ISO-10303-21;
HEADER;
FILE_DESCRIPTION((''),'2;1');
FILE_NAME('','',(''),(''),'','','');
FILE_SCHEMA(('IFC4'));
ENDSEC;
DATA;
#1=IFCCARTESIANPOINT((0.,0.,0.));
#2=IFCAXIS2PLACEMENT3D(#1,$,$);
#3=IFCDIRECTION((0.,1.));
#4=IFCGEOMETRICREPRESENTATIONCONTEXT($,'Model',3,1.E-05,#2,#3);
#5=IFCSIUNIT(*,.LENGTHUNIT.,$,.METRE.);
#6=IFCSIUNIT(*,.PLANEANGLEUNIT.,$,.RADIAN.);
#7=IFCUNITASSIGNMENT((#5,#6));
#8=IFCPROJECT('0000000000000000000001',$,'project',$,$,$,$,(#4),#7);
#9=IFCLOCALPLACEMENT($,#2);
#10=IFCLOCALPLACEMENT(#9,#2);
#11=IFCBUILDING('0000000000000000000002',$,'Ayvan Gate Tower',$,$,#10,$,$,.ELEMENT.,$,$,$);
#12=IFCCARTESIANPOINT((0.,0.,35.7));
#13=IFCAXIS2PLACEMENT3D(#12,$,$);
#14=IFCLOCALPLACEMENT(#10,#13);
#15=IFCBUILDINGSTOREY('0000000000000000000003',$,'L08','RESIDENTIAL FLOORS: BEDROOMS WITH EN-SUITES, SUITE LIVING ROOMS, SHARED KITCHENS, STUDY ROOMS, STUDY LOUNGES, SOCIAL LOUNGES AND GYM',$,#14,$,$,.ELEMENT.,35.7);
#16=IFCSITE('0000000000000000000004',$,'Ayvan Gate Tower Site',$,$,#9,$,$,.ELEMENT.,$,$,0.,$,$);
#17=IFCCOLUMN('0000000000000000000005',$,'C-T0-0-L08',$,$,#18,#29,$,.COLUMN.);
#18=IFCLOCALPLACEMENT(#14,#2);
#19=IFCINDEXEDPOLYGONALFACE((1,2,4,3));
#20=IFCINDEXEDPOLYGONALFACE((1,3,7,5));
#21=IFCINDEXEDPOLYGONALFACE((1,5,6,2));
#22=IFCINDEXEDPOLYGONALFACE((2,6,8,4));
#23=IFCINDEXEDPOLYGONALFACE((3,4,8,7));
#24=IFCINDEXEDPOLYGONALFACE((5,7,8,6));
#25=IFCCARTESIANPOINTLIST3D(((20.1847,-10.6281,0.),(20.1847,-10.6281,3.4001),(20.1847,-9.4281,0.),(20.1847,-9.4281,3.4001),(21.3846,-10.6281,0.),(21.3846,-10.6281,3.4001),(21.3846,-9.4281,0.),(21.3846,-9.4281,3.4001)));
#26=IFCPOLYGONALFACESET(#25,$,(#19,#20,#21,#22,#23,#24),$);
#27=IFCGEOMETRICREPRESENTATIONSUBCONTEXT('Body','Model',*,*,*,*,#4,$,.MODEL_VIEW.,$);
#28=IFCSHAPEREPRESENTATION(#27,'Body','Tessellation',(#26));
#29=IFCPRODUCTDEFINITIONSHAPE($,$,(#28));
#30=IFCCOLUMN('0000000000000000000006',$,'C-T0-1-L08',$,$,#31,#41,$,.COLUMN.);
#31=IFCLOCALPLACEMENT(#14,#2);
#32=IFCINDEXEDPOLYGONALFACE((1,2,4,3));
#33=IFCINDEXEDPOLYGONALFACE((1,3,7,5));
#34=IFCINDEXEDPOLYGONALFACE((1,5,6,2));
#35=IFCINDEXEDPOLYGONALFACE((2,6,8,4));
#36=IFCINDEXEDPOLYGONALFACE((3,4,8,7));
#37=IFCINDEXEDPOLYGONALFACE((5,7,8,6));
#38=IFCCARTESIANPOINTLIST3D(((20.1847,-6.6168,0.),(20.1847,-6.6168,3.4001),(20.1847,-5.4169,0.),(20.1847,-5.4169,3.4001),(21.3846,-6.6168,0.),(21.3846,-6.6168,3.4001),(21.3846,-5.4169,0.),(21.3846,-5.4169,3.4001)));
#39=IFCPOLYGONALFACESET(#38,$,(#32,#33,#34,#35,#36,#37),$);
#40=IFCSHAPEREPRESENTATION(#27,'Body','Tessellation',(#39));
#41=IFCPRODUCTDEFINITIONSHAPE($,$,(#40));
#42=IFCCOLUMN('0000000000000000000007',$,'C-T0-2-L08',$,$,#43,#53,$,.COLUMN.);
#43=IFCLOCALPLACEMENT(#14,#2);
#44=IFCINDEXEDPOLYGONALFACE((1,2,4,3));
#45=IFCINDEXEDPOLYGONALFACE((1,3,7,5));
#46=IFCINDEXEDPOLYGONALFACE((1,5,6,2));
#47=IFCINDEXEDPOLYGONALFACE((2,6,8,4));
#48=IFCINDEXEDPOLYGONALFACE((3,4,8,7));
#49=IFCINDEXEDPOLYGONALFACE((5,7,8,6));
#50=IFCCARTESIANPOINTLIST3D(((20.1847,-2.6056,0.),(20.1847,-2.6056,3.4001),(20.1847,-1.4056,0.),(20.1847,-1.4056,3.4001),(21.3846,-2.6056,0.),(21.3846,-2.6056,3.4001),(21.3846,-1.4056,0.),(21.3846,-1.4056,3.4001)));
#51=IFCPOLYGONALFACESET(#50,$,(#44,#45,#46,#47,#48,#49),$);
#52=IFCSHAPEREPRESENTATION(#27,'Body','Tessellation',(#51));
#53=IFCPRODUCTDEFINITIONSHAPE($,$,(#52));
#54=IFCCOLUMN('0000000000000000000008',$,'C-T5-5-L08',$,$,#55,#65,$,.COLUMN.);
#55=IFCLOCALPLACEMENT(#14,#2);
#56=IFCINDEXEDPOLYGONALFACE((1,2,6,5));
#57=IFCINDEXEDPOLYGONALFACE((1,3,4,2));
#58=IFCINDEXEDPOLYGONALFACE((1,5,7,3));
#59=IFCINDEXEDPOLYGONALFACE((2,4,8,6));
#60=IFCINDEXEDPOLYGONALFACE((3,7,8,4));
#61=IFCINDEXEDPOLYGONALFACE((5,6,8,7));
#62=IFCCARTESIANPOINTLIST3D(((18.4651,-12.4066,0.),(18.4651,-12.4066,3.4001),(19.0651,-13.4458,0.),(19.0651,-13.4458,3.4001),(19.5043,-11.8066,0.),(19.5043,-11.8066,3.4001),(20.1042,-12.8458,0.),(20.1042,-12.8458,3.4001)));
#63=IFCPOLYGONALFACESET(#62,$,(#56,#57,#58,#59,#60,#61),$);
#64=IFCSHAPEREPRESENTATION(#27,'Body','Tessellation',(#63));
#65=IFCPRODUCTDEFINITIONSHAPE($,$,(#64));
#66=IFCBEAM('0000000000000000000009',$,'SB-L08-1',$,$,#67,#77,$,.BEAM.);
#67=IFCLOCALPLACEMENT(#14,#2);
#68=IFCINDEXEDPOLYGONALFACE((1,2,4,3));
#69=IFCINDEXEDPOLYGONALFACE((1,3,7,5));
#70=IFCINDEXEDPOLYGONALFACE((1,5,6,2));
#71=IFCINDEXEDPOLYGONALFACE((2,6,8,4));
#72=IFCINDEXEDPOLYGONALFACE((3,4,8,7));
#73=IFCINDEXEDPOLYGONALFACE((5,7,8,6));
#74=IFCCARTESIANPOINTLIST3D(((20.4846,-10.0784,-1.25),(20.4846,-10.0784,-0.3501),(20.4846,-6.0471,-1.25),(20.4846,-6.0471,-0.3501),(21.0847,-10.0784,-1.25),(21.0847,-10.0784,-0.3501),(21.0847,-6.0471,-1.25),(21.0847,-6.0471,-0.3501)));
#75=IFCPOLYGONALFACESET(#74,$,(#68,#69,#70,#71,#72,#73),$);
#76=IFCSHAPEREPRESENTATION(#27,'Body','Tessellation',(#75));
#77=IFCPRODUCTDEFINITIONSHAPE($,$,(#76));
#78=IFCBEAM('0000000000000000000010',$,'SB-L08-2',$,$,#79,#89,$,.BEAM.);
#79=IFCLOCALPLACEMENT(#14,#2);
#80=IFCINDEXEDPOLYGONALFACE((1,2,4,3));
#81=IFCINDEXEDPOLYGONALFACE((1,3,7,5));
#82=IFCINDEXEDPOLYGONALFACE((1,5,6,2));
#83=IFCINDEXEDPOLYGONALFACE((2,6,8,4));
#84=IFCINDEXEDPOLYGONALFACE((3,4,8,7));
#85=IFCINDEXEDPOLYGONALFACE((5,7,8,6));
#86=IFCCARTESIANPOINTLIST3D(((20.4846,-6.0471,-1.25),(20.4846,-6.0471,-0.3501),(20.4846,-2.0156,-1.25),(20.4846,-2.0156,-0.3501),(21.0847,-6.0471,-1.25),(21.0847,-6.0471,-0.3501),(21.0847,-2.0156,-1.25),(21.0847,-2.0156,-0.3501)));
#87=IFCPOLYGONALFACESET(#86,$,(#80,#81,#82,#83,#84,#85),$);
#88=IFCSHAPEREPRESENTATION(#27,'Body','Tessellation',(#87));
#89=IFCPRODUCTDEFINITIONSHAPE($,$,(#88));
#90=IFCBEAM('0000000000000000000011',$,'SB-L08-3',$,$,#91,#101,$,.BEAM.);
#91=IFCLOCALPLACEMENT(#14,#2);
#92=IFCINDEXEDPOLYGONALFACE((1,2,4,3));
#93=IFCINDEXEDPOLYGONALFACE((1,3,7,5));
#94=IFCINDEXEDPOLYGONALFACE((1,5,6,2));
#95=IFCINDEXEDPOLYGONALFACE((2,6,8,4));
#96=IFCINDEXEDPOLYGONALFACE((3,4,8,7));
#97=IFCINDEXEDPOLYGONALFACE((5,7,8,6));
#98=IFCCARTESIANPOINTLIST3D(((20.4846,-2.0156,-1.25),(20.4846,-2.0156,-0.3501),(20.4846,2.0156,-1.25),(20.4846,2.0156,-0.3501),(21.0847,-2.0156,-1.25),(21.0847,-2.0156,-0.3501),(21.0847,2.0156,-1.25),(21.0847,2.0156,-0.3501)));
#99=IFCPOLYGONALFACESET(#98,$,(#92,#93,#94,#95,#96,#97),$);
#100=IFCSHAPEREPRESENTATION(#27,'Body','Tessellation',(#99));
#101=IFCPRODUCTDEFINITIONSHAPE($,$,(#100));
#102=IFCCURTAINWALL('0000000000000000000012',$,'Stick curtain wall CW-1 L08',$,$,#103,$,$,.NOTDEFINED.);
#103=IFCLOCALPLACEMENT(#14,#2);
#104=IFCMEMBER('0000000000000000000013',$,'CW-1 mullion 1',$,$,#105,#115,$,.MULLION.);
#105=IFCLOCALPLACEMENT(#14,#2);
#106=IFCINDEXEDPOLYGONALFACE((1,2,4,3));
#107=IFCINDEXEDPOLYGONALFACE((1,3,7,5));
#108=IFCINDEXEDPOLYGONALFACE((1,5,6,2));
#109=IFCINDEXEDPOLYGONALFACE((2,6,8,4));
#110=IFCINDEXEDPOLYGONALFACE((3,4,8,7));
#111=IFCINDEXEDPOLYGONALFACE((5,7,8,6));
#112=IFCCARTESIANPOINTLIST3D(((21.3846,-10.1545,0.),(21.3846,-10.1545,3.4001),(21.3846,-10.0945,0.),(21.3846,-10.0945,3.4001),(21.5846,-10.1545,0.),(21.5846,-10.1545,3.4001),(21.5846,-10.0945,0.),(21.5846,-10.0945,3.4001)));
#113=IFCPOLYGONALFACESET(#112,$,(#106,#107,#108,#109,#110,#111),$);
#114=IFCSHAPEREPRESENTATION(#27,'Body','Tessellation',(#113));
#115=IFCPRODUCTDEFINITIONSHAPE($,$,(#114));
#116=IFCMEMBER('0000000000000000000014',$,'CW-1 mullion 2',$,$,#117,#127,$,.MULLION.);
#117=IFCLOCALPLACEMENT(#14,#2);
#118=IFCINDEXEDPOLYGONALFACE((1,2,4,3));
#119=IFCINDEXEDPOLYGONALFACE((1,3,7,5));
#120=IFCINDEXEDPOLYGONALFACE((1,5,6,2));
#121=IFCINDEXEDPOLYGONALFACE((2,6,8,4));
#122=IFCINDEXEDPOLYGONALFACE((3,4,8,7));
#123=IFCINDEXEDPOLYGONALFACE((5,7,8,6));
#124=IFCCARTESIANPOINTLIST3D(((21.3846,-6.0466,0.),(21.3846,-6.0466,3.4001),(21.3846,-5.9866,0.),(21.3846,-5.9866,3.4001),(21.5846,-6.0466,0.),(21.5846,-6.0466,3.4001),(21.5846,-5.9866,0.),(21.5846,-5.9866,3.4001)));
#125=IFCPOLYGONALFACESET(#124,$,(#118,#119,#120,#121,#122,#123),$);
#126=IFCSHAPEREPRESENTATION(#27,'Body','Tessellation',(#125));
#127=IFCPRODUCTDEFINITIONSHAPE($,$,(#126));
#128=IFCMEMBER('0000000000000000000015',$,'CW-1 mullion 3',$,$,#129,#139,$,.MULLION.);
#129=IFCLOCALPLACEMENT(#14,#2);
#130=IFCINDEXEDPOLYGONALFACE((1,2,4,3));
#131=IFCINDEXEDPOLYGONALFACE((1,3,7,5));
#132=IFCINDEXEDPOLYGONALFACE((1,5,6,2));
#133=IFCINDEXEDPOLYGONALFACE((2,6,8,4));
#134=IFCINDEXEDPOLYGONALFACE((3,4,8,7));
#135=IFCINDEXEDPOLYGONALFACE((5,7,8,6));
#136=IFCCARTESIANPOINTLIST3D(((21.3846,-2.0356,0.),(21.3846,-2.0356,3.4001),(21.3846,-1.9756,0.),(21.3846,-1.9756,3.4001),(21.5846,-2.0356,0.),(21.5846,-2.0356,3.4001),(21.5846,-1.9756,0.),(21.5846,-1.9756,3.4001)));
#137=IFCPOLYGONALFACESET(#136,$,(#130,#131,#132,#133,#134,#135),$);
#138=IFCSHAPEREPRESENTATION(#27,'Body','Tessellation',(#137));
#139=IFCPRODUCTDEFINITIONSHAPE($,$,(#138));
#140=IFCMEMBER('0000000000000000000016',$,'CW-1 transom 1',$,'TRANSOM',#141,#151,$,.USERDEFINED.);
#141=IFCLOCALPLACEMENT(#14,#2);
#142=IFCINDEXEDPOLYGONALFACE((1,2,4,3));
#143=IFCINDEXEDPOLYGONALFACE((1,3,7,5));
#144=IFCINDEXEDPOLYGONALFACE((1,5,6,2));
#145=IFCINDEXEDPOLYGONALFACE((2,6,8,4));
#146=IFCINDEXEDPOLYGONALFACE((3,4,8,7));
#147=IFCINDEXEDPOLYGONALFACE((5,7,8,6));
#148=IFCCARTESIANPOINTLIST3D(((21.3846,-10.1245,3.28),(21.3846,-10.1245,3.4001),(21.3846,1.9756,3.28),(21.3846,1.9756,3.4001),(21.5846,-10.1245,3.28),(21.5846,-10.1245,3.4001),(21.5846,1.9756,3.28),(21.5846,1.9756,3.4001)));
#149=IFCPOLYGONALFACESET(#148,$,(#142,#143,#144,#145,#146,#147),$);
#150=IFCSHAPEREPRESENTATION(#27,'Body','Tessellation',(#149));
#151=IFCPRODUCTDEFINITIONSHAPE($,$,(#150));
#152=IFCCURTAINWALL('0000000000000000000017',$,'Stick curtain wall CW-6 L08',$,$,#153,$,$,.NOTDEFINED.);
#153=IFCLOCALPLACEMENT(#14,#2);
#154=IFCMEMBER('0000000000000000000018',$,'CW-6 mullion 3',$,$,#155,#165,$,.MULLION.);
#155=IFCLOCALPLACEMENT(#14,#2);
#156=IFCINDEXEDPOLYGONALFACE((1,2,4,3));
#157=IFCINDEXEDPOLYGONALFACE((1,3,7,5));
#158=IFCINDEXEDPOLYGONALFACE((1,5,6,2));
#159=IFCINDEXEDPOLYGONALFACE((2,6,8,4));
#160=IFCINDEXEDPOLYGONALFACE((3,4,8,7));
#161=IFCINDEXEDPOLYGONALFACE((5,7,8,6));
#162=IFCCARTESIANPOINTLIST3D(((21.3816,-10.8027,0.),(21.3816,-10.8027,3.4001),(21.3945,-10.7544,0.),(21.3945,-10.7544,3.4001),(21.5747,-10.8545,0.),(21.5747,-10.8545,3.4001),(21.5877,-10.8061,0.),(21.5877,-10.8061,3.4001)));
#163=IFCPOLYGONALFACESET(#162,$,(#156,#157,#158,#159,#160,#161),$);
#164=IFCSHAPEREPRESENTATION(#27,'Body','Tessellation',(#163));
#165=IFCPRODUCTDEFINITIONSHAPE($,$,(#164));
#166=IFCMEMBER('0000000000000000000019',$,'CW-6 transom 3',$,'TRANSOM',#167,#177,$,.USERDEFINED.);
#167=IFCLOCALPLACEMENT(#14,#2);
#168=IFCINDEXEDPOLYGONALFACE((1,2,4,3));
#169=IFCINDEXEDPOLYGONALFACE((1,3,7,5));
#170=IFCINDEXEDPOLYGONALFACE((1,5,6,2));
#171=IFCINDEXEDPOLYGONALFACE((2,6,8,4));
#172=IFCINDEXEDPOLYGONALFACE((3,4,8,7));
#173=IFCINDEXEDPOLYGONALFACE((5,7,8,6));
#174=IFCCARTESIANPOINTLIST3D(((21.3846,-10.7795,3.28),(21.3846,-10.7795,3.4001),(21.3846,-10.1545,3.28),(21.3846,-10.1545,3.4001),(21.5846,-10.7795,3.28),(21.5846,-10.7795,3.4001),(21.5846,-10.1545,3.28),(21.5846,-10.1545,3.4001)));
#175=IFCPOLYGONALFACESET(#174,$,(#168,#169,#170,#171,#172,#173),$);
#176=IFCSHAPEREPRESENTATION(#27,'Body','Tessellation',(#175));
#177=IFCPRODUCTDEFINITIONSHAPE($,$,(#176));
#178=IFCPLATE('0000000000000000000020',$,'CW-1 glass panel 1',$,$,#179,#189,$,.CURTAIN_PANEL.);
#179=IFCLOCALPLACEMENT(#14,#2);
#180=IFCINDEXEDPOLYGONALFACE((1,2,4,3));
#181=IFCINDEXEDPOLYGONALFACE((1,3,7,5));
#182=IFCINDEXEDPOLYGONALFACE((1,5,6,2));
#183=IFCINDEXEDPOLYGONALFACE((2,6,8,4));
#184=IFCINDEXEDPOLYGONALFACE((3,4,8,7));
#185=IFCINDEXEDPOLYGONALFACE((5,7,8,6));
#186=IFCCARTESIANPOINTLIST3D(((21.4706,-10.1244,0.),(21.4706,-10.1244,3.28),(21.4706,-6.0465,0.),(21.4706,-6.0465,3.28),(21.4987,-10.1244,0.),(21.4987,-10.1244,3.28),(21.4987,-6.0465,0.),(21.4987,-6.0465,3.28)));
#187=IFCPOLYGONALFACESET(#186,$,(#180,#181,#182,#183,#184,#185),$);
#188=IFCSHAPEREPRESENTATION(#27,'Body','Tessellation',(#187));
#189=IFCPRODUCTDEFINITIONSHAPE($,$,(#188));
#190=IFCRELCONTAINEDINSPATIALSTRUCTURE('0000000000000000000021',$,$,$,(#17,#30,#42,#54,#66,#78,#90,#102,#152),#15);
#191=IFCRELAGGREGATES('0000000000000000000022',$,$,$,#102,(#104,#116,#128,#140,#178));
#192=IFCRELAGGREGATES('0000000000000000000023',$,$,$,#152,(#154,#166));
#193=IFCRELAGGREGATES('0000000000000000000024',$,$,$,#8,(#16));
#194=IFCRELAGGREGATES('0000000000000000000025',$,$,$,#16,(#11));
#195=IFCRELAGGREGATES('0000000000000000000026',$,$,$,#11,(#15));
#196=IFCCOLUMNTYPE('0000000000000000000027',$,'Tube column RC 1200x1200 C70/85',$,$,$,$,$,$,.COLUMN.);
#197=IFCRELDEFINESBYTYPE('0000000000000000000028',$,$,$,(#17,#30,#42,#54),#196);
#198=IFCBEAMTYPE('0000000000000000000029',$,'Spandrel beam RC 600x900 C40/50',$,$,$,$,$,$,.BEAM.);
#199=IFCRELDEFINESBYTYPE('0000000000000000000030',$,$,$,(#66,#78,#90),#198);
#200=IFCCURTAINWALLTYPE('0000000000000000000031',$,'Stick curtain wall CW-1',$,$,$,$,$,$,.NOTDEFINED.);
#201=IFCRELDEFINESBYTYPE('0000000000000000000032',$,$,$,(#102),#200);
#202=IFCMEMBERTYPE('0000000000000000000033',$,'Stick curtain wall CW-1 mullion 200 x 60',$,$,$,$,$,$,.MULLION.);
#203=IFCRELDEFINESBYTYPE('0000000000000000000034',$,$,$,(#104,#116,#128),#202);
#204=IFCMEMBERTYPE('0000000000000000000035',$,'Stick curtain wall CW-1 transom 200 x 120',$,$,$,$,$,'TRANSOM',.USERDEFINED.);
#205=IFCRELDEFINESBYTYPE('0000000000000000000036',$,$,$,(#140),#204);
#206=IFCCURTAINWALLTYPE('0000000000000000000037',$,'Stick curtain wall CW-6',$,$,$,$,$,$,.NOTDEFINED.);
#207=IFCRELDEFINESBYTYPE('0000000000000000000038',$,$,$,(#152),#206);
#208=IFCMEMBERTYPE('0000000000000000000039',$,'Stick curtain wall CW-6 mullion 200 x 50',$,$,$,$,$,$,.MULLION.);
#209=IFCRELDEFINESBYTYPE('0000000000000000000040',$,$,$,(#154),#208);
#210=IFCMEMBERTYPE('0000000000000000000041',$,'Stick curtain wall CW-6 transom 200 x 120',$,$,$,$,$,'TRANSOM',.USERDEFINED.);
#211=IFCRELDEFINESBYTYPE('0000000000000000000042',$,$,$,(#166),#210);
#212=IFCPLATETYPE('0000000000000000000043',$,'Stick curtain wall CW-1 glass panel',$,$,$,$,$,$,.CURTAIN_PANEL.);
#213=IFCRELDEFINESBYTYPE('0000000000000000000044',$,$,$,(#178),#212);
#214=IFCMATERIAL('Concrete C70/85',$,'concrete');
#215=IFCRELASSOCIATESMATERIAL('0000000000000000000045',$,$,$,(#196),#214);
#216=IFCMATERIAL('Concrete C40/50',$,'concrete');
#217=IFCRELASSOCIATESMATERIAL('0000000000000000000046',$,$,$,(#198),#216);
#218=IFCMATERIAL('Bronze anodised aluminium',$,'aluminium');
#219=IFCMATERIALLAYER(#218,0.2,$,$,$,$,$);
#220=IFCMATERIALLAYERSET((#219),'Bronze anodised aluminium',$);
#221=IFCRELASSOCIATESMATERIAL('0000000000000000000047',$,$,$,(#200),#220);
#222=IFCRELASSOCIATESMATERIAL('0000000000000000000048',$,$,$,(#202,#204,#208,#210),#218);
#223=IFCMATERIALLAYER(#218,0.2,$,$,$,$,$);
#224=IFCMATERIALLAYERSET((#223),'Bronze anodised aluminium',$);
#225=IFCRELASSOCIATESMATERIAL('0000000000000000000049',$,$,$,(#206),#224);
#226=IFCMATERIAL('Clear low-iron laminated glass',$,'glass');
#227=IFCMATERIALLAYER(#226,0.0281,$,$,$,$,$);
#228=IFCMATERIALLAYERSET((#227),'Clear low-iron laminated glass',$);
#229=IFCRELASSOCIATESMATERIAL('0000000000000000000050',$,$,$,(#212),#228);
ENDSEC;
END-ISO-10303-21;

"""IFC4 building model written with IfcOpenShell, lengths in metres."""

from ifc_helpers import new_model, si_unit, direction, frame, origin, origin_2d, place, context, subcontext, project, spatial, rectangle, extrude, material, layer, layer_set, material_profile, profile_set, type_object, element, aggregate, save


model = new_model("IFC4")

# Units and contexts
model_context = context("Model", 3, precision=1e-05, world=origin(), true_north=direction((0.0, 1.0)))
body_context = subcontext(model_context, "Body", "Model", "MODEL_VIEW")
ifc_project = project(units=[si_unit("LENGTHUNIT", "METRE"), si_unit("PLANEANGLEUNIT", "RADIAN")], contexts=[model_context])

# Site, building, storey
site_placement = place(None, origin())
site = spatial("IfcSite", under=ifc_project, at=site_placement, Name="Ayvan Gate Tower Site", CompositionType="ELEMENT", RefElevation=0.0)
building_placement = place(site_placement, origin())
building = spatial("IfcBuilding", under=site, at=building_placement, Name="Ayvan Gate Tower", CompositionType="ELEMENT")
storey_placement = place(building_placement, frame((0.0, 0.0, 35.7)))
storey = spatial("IfcBuildingStorey", under=building, at=storey_placement, Name="L08", Description="RESIDENTIAL FLOORS: BEDROOMS WITH EN-SUITES, SUITE LIVING ROOMS, SHARED KITCHENS, STUDY ROOMS, STUDY LOUNGES, SOCIAL LOUNGES AND GYM", CompositionType="ELEMENT", Elevation=35.7)

# Columns
ifc_material_1 = material(Name="Concrete C70/85", Category="concrete")
ifc_material_profile_1 = material_profile(ifc_material_1, rectangle(XDim=1.2, YDim=1.2, at=origin_2d()), Name="RC 1200x1200")
ifc_profile_set_1 = profile_set([ifc_material_profile_1], Name="Concrete C70/85")
column_type = type_object("IfcColumnType", Name="Tube column RC 1200x1200 C70/85", PredefinedType="COLUMN", material=ifc_profile_set_1)
for number, where, z_axis, x_axis, name in (
    (1, (20.7847, -10.0281, 0.0), (0.0, 0.0, 1.0), (1.0, 0.0, 0.0), "C-T0-0-L08"),
    (2, (20.7847, -6.0168, 0.0), (0.0, 0.0, 1.0), (1.0, 0.0, 0.0), "C-T0-1-L08"),
    (3, (20.7847, -2.0056, 0.0), (0.0, 0.0, 1.0), (1.0, 0.0, 0.0), "C-T0-2-L08"),
    (4, (19.2847, -12.6262, 0.0), (0.0, 0.0, 1.0), (0.5, -0.866025, 0.0), "C-T5-5-L08"),
):
    element("IfcColumn", number, at=place(storey_placement, frame(where, z_axis=z_axis, x_axis=x_axis)), inside=storey, type_object=column_type, Name=name, PredefinedType="COLUMN", context=body_context, shape_type="SweptSolid", body=[
        extrude(rectangle(XDim=1.2, YDim=1.2, at=origin_2d()), origin(), (0.0, 0.0, 1.0), 3.4001),
    ])

# Beams
ifc_material_2 = material(Name="Concrete C40/50", Category="concrete")
ifc_material_profile_2 = material_profile(ifc_material_2, rectangle(XDim=0.6001, YDim=0.8999, at=origin_2d()), Name="RC 600x900")
ifc_profile_set_2 = profile_set([ifc_material_profile_2], Name="Concrete C40/50")
beam_type = type_object("IfcBeamType", Name="Spandrel beam RC 600x900 C40/50", PredefinedType="BEAM", material=ifc_profile_set_2)
beam_1_placement = place(storey_placement, frame((20.7847, -10.0784, -0.8), z_axis=(0.0, 1.0, 0.0), x_axis=(-1.0, 0.0, 0.0)))
element("IfcBeam", 5, at=beam_1_placement, inside=storey, type_object=beam_type, Name="SB-L08-1", PredefinedType="BEAM", context=body_context, shape_type="SweptSolid", body=[
    extrude(rectangle(XDim=0.6001, YDim=0.8999, at=origin_2d()), origin(), (0.0, 0.0, 1.0), 4.0312),
])
beam_2_placement = place(storey_placement, frame((20.7847, -6.0471, -0.8), z_axis=(0.0, 1.0, 0.0), x_axis=(-1.0, 0.0, 0.0)))
element("IfcBeam", 6, at=beam_2_placement, inside=storey, type_object=beam_type, Name="SB-L08-2", PredefinedType="BEAM", context=body_context, shape_type="SweptSolid", body=[
    extrude(rectangle(XDim=0.6001, YDim=0.8999, at=origin_2d()), origin(), (0.0, 0.0, 1.0), 4.0315),
])
beam_3_placement = place(storey_placement, frame((20.7847, -2.0156, -0.8), z_axis=(0.0, 1.0, 0.0), x_axis=(-1.0, 0.0, 0.0)))
element("IfcBeam", 7, at=beam_3_placement, inside=storey, type_object=beam_type, Name="SB-L08-3", PredefinedType="BEAM", context=body_context, shape_type="SweptSolid", body=[
    extrude(rectangle(XDim=0.6001, YDim=0.8999, at=origin_2d()), origin(), (0.0, 0.0, 1.0), 4.0312),
])

# Curtain walls, members
ifc_material_3 = material(Name="Bronze anodised aluminium", Category="aluminium")
ifc_layer_1 = layer(ifc_material_3, 0.2)
ifc_layer_set_1 = layer_set([ifc_layer_1], Name="Bronze anodised aluminium")
curtain_wall_type_1 = type_object("IfcCurtainWallType", Name="Stick curtain wall CW-1", PredefinedType="NOTDEFINED", material=ifc_layer_set_1)
curtain_wall_1_placement = place(storey_placement, origin())
curtain_wall_1 = element("IfcCurtainWall", 8, at=curtain_wall_1_placement, inside=storey, type_object=curtain_wall_type_1, Name="Stick curtain wall CW-1 L08", PredefinedType="NOTDEFINED")
ifc_material_profile_3 = material_profile(ifc_material_3, rectangle(XDim=0.2, YDim=0.0601, at=origin_2d()), Name="Stick curtain wall CW-1 mullion 200 x 60")
ifc_profile_set_3 = profile_set([ifc_material_profile_3], Name="Bronze anodised aluminium")
member_type_1 = type_object("IfcMemberType", Name="Stick curtain wall CW-1 mullion 200 x 60", PredefinedType="MULLION", material=ifc_profile_set_3)
member_1_placement = place(storey_placement, frame((21.4846, -10.1245, 0.0), z_axis=(0.0, 0.0, 1.0), x_axis=(1.0, 0.0, 0.0)))
member_1 = element("IfcMember", 9, at=member_1_placement, type_object=member_type_1, Name="CW-1 mullion 1", PredefinedType="MULLION", context=body_context, shape_type="SweptSolid", body=[
    extrude(rectangle(XDim=0.2, YDim=0.0601, at=origin_2d()), origin(), (0.0, 0.0, 1.0), 3.4001),
])
member_2_placement = place(storey_placement, frame((21.4846, -6.0166, 0.0), z_axis=(0.0, 0.0, 1.0), x_axis=(1.0, 0.0, 0.0)))
member_2 = element("IfcMember", 10, at=member_2_placement, type_object=member_type_1, Name="CW-1 mullion 2", PredefinedType="MULLION", context=body_context, shape_type="SweptSolid", body=[
    extrude(rectangle(XDim=0.2, YDim=0.0601, at=origin_2d()), origin(), (0.0, 0.0, 1.0), 3.4001),
])
member_3_placement = place(storey_placement, frame((21.4846, -2.0056, 0.0), z_axis=(0.0, 0.0, 1.0), x_axis=(1.0, 0.0, 0.0)))
member_3 = element("IfcMember", 11, at=member_3_placement, type_object=member_type_1, Name="CW-1 mullion 3", PredefinedType="MULLION", context=body_context, shape_type="SweptSolid", body=[
    extrude(rectangle(XDim=0.2, YDim=0.0601, at=origin_2d()), origin(), (0.0, 0.0, 1.0), 3.4001),
])
ifc_material_profile_4 = material_profile(ifc_material_3, rectangle(XDim=0.2, YDim=0.1201, at=origin_2d()), Name="Stick curtain wall CW-1 transom 200 x 120")
ifc_profile_set_4 = profile_set([ifc_material_profile_4], Name="Bronze anodised aluminium")
member_type_2 = type_object("IfcMemberType", Name="Stick curtain wall CW-1 transom 200 x 120", ElementType="TRANSOM", PredefinedType="USERDEFINED", material=ifc_profile_set_4)
member_4_placement = place(storey_placement, frame((21.4846, -10.1245, 3.3401), z_axis=(0.0, 1.0, 0.0), x_axis=(-1.0, 0.0, 0.0)))
member_4 = element("IfcMember", 12, at=member_4_placement, type_object=member_type_2, Name="CW-1 transom 1", ObjectType="TRANSOM", PredefinedType="USERDEFINED", context=body_context, shape_type="SweptSolid", body=[
    extrude(rectangle(XDim=0.2, YDim=0.1201, at=origin_2d()), origin(), (0.0, 0.0, 1.0), 12.1001),
])
ifc_layer_2 = layer(ifc_material_3, 0.2)
ifc_layer_set_2 = layer_set([ifc_layer_2], Name="Bronze anodised aluminium")
curtain_wall_type_2 = type_object("IfcCurtainWallType", Name="Stick curtain wall CW-6", PredefinedType="NOTDEFINED", material=ifc_layer_set_2)
curtain_wall_2_placement = place(storey_placement, origin())
curtain_wall_2 = element("IfcCurtainWall", 13, at=curtain_wall_2_placement, inside=storey, type_object=curtain_wall_type_2, Name="Stick curtain wall CW-6 L08", PredefinedType="NOTDEFINED")
ifc_material_profile_5 = material_profile(ifc_material_3, rectangle(XDim=0.2, YDim=0.05, at=origin_2d()), Name="Stick curtain wall CW-6 mullion 200 x 50")
ifc_profile_set_5 = profile_set([ifc_material_profile_5], Name="Bronze anodised aluminium")
member_type_3 = type_object("IfcMemberType", Name="Stick curtain wall CW-6 mullion 200 x 50", PredefinedType="MULLION", material=ifc_profile_set_5)
member_5_placement = place(storey_placement, frame((21.4846, -10.8044, 0.0), z_axis=(0.0, 0.0, 1.0), x_axis=(0.965926, -0.258819, 0.0)))
member_5 = element("IfcMember", 14, at=member_5_placement, type_object=member_type_3, Name="CW-6 mullion 3", PredefinedType="MULLION", context=body_context, shape_type="SweptSolid", body=[
    extrude(rectangle(XDim=0.2, YDim=0.05, at=origin_2d()), origin(), (0.0, 0.0, 1.0), 3.4001),
])
ifc_material_profile_6 = material_profile(ifc_material_3, rectangle(XDim=0.2, YDim=0.1201, at=origin_2d()), Name="Stick curtain wall CW-6 transom 200 x 120")
ifc_profile_set_6 = profile_set([ifc_material_profile_6], Name="Bronze anodised aluminium")
member_type_4 = type_object("IfcMemberType", Name="Stick curtain wall CW-6 transom 200 x 120", ElementType="TRANSOM", PredefinedType="USERDEFINED", material=ifc_profile_set_6)
member_6_placement = place(storey_placement, frame((21.4846, -10.7795, 3.3401), z_axis=(0.0, 1.0, 0.0), x_axis=(-1.0, 0.0, 0.0)))
member_6 = element("IfcMember", 15, at=member_6_placement, type_object=member_type_4, Name="CW-6 transom 3", ObjectType="TRANSOM", PredefinedType="USERDEFINED", context=body_context, shape_type="SweptSolid", body=[
    extrude(rectangle(XDim=0.2, YDim=0.1201, at=origin_2d()), origin(), (0.0, 0.0, 1.0), 0.625),
])

# Plate
ifc_material_4 = material(Name="Clear low-iron laminated glass", Category="glass")
ifc_layer_3 = layer(ifc_material_4, 0.0281)
ifc_layer_set_3 = layer_set([ifc_layer_3], Name="Clear low-iron laminated glass")
plate_type_1 = type_object("IfcPlateType", Name="Stick curtain wall CW-1 glass panel", PredefinedType="CURTAIN_PANEL", material=ifc_layer_set_3)
plate_1_placement = place(storey_placement, frame((21.4846, -8.0854, 0.0), z_axis=(0.0, 0.0, 1.0), x_axis=(0.0, 1.0, 0.0)))
plate_1 = element("IfcPlate", 16, at=plate_1_placement, type_object=plate_type_1, Name="CW-1 glass panel 1", PredefinedType="CURTAIN_PANEL", context=body_context, shape_type="SweptSolid", body=[
    extrude(rectangle(XDim=4.0779, YDim=0.0281, at=origin_2d()), origin(), (0.0, 0.0, 1.0), 3.28),
])
aggregate(curtain_wall_1, [member_1, member_2, member_3, member_4, plate_1])
aggregate(curtain_wall_2, [member_5, member_6])

save(model, "model.ifc")
